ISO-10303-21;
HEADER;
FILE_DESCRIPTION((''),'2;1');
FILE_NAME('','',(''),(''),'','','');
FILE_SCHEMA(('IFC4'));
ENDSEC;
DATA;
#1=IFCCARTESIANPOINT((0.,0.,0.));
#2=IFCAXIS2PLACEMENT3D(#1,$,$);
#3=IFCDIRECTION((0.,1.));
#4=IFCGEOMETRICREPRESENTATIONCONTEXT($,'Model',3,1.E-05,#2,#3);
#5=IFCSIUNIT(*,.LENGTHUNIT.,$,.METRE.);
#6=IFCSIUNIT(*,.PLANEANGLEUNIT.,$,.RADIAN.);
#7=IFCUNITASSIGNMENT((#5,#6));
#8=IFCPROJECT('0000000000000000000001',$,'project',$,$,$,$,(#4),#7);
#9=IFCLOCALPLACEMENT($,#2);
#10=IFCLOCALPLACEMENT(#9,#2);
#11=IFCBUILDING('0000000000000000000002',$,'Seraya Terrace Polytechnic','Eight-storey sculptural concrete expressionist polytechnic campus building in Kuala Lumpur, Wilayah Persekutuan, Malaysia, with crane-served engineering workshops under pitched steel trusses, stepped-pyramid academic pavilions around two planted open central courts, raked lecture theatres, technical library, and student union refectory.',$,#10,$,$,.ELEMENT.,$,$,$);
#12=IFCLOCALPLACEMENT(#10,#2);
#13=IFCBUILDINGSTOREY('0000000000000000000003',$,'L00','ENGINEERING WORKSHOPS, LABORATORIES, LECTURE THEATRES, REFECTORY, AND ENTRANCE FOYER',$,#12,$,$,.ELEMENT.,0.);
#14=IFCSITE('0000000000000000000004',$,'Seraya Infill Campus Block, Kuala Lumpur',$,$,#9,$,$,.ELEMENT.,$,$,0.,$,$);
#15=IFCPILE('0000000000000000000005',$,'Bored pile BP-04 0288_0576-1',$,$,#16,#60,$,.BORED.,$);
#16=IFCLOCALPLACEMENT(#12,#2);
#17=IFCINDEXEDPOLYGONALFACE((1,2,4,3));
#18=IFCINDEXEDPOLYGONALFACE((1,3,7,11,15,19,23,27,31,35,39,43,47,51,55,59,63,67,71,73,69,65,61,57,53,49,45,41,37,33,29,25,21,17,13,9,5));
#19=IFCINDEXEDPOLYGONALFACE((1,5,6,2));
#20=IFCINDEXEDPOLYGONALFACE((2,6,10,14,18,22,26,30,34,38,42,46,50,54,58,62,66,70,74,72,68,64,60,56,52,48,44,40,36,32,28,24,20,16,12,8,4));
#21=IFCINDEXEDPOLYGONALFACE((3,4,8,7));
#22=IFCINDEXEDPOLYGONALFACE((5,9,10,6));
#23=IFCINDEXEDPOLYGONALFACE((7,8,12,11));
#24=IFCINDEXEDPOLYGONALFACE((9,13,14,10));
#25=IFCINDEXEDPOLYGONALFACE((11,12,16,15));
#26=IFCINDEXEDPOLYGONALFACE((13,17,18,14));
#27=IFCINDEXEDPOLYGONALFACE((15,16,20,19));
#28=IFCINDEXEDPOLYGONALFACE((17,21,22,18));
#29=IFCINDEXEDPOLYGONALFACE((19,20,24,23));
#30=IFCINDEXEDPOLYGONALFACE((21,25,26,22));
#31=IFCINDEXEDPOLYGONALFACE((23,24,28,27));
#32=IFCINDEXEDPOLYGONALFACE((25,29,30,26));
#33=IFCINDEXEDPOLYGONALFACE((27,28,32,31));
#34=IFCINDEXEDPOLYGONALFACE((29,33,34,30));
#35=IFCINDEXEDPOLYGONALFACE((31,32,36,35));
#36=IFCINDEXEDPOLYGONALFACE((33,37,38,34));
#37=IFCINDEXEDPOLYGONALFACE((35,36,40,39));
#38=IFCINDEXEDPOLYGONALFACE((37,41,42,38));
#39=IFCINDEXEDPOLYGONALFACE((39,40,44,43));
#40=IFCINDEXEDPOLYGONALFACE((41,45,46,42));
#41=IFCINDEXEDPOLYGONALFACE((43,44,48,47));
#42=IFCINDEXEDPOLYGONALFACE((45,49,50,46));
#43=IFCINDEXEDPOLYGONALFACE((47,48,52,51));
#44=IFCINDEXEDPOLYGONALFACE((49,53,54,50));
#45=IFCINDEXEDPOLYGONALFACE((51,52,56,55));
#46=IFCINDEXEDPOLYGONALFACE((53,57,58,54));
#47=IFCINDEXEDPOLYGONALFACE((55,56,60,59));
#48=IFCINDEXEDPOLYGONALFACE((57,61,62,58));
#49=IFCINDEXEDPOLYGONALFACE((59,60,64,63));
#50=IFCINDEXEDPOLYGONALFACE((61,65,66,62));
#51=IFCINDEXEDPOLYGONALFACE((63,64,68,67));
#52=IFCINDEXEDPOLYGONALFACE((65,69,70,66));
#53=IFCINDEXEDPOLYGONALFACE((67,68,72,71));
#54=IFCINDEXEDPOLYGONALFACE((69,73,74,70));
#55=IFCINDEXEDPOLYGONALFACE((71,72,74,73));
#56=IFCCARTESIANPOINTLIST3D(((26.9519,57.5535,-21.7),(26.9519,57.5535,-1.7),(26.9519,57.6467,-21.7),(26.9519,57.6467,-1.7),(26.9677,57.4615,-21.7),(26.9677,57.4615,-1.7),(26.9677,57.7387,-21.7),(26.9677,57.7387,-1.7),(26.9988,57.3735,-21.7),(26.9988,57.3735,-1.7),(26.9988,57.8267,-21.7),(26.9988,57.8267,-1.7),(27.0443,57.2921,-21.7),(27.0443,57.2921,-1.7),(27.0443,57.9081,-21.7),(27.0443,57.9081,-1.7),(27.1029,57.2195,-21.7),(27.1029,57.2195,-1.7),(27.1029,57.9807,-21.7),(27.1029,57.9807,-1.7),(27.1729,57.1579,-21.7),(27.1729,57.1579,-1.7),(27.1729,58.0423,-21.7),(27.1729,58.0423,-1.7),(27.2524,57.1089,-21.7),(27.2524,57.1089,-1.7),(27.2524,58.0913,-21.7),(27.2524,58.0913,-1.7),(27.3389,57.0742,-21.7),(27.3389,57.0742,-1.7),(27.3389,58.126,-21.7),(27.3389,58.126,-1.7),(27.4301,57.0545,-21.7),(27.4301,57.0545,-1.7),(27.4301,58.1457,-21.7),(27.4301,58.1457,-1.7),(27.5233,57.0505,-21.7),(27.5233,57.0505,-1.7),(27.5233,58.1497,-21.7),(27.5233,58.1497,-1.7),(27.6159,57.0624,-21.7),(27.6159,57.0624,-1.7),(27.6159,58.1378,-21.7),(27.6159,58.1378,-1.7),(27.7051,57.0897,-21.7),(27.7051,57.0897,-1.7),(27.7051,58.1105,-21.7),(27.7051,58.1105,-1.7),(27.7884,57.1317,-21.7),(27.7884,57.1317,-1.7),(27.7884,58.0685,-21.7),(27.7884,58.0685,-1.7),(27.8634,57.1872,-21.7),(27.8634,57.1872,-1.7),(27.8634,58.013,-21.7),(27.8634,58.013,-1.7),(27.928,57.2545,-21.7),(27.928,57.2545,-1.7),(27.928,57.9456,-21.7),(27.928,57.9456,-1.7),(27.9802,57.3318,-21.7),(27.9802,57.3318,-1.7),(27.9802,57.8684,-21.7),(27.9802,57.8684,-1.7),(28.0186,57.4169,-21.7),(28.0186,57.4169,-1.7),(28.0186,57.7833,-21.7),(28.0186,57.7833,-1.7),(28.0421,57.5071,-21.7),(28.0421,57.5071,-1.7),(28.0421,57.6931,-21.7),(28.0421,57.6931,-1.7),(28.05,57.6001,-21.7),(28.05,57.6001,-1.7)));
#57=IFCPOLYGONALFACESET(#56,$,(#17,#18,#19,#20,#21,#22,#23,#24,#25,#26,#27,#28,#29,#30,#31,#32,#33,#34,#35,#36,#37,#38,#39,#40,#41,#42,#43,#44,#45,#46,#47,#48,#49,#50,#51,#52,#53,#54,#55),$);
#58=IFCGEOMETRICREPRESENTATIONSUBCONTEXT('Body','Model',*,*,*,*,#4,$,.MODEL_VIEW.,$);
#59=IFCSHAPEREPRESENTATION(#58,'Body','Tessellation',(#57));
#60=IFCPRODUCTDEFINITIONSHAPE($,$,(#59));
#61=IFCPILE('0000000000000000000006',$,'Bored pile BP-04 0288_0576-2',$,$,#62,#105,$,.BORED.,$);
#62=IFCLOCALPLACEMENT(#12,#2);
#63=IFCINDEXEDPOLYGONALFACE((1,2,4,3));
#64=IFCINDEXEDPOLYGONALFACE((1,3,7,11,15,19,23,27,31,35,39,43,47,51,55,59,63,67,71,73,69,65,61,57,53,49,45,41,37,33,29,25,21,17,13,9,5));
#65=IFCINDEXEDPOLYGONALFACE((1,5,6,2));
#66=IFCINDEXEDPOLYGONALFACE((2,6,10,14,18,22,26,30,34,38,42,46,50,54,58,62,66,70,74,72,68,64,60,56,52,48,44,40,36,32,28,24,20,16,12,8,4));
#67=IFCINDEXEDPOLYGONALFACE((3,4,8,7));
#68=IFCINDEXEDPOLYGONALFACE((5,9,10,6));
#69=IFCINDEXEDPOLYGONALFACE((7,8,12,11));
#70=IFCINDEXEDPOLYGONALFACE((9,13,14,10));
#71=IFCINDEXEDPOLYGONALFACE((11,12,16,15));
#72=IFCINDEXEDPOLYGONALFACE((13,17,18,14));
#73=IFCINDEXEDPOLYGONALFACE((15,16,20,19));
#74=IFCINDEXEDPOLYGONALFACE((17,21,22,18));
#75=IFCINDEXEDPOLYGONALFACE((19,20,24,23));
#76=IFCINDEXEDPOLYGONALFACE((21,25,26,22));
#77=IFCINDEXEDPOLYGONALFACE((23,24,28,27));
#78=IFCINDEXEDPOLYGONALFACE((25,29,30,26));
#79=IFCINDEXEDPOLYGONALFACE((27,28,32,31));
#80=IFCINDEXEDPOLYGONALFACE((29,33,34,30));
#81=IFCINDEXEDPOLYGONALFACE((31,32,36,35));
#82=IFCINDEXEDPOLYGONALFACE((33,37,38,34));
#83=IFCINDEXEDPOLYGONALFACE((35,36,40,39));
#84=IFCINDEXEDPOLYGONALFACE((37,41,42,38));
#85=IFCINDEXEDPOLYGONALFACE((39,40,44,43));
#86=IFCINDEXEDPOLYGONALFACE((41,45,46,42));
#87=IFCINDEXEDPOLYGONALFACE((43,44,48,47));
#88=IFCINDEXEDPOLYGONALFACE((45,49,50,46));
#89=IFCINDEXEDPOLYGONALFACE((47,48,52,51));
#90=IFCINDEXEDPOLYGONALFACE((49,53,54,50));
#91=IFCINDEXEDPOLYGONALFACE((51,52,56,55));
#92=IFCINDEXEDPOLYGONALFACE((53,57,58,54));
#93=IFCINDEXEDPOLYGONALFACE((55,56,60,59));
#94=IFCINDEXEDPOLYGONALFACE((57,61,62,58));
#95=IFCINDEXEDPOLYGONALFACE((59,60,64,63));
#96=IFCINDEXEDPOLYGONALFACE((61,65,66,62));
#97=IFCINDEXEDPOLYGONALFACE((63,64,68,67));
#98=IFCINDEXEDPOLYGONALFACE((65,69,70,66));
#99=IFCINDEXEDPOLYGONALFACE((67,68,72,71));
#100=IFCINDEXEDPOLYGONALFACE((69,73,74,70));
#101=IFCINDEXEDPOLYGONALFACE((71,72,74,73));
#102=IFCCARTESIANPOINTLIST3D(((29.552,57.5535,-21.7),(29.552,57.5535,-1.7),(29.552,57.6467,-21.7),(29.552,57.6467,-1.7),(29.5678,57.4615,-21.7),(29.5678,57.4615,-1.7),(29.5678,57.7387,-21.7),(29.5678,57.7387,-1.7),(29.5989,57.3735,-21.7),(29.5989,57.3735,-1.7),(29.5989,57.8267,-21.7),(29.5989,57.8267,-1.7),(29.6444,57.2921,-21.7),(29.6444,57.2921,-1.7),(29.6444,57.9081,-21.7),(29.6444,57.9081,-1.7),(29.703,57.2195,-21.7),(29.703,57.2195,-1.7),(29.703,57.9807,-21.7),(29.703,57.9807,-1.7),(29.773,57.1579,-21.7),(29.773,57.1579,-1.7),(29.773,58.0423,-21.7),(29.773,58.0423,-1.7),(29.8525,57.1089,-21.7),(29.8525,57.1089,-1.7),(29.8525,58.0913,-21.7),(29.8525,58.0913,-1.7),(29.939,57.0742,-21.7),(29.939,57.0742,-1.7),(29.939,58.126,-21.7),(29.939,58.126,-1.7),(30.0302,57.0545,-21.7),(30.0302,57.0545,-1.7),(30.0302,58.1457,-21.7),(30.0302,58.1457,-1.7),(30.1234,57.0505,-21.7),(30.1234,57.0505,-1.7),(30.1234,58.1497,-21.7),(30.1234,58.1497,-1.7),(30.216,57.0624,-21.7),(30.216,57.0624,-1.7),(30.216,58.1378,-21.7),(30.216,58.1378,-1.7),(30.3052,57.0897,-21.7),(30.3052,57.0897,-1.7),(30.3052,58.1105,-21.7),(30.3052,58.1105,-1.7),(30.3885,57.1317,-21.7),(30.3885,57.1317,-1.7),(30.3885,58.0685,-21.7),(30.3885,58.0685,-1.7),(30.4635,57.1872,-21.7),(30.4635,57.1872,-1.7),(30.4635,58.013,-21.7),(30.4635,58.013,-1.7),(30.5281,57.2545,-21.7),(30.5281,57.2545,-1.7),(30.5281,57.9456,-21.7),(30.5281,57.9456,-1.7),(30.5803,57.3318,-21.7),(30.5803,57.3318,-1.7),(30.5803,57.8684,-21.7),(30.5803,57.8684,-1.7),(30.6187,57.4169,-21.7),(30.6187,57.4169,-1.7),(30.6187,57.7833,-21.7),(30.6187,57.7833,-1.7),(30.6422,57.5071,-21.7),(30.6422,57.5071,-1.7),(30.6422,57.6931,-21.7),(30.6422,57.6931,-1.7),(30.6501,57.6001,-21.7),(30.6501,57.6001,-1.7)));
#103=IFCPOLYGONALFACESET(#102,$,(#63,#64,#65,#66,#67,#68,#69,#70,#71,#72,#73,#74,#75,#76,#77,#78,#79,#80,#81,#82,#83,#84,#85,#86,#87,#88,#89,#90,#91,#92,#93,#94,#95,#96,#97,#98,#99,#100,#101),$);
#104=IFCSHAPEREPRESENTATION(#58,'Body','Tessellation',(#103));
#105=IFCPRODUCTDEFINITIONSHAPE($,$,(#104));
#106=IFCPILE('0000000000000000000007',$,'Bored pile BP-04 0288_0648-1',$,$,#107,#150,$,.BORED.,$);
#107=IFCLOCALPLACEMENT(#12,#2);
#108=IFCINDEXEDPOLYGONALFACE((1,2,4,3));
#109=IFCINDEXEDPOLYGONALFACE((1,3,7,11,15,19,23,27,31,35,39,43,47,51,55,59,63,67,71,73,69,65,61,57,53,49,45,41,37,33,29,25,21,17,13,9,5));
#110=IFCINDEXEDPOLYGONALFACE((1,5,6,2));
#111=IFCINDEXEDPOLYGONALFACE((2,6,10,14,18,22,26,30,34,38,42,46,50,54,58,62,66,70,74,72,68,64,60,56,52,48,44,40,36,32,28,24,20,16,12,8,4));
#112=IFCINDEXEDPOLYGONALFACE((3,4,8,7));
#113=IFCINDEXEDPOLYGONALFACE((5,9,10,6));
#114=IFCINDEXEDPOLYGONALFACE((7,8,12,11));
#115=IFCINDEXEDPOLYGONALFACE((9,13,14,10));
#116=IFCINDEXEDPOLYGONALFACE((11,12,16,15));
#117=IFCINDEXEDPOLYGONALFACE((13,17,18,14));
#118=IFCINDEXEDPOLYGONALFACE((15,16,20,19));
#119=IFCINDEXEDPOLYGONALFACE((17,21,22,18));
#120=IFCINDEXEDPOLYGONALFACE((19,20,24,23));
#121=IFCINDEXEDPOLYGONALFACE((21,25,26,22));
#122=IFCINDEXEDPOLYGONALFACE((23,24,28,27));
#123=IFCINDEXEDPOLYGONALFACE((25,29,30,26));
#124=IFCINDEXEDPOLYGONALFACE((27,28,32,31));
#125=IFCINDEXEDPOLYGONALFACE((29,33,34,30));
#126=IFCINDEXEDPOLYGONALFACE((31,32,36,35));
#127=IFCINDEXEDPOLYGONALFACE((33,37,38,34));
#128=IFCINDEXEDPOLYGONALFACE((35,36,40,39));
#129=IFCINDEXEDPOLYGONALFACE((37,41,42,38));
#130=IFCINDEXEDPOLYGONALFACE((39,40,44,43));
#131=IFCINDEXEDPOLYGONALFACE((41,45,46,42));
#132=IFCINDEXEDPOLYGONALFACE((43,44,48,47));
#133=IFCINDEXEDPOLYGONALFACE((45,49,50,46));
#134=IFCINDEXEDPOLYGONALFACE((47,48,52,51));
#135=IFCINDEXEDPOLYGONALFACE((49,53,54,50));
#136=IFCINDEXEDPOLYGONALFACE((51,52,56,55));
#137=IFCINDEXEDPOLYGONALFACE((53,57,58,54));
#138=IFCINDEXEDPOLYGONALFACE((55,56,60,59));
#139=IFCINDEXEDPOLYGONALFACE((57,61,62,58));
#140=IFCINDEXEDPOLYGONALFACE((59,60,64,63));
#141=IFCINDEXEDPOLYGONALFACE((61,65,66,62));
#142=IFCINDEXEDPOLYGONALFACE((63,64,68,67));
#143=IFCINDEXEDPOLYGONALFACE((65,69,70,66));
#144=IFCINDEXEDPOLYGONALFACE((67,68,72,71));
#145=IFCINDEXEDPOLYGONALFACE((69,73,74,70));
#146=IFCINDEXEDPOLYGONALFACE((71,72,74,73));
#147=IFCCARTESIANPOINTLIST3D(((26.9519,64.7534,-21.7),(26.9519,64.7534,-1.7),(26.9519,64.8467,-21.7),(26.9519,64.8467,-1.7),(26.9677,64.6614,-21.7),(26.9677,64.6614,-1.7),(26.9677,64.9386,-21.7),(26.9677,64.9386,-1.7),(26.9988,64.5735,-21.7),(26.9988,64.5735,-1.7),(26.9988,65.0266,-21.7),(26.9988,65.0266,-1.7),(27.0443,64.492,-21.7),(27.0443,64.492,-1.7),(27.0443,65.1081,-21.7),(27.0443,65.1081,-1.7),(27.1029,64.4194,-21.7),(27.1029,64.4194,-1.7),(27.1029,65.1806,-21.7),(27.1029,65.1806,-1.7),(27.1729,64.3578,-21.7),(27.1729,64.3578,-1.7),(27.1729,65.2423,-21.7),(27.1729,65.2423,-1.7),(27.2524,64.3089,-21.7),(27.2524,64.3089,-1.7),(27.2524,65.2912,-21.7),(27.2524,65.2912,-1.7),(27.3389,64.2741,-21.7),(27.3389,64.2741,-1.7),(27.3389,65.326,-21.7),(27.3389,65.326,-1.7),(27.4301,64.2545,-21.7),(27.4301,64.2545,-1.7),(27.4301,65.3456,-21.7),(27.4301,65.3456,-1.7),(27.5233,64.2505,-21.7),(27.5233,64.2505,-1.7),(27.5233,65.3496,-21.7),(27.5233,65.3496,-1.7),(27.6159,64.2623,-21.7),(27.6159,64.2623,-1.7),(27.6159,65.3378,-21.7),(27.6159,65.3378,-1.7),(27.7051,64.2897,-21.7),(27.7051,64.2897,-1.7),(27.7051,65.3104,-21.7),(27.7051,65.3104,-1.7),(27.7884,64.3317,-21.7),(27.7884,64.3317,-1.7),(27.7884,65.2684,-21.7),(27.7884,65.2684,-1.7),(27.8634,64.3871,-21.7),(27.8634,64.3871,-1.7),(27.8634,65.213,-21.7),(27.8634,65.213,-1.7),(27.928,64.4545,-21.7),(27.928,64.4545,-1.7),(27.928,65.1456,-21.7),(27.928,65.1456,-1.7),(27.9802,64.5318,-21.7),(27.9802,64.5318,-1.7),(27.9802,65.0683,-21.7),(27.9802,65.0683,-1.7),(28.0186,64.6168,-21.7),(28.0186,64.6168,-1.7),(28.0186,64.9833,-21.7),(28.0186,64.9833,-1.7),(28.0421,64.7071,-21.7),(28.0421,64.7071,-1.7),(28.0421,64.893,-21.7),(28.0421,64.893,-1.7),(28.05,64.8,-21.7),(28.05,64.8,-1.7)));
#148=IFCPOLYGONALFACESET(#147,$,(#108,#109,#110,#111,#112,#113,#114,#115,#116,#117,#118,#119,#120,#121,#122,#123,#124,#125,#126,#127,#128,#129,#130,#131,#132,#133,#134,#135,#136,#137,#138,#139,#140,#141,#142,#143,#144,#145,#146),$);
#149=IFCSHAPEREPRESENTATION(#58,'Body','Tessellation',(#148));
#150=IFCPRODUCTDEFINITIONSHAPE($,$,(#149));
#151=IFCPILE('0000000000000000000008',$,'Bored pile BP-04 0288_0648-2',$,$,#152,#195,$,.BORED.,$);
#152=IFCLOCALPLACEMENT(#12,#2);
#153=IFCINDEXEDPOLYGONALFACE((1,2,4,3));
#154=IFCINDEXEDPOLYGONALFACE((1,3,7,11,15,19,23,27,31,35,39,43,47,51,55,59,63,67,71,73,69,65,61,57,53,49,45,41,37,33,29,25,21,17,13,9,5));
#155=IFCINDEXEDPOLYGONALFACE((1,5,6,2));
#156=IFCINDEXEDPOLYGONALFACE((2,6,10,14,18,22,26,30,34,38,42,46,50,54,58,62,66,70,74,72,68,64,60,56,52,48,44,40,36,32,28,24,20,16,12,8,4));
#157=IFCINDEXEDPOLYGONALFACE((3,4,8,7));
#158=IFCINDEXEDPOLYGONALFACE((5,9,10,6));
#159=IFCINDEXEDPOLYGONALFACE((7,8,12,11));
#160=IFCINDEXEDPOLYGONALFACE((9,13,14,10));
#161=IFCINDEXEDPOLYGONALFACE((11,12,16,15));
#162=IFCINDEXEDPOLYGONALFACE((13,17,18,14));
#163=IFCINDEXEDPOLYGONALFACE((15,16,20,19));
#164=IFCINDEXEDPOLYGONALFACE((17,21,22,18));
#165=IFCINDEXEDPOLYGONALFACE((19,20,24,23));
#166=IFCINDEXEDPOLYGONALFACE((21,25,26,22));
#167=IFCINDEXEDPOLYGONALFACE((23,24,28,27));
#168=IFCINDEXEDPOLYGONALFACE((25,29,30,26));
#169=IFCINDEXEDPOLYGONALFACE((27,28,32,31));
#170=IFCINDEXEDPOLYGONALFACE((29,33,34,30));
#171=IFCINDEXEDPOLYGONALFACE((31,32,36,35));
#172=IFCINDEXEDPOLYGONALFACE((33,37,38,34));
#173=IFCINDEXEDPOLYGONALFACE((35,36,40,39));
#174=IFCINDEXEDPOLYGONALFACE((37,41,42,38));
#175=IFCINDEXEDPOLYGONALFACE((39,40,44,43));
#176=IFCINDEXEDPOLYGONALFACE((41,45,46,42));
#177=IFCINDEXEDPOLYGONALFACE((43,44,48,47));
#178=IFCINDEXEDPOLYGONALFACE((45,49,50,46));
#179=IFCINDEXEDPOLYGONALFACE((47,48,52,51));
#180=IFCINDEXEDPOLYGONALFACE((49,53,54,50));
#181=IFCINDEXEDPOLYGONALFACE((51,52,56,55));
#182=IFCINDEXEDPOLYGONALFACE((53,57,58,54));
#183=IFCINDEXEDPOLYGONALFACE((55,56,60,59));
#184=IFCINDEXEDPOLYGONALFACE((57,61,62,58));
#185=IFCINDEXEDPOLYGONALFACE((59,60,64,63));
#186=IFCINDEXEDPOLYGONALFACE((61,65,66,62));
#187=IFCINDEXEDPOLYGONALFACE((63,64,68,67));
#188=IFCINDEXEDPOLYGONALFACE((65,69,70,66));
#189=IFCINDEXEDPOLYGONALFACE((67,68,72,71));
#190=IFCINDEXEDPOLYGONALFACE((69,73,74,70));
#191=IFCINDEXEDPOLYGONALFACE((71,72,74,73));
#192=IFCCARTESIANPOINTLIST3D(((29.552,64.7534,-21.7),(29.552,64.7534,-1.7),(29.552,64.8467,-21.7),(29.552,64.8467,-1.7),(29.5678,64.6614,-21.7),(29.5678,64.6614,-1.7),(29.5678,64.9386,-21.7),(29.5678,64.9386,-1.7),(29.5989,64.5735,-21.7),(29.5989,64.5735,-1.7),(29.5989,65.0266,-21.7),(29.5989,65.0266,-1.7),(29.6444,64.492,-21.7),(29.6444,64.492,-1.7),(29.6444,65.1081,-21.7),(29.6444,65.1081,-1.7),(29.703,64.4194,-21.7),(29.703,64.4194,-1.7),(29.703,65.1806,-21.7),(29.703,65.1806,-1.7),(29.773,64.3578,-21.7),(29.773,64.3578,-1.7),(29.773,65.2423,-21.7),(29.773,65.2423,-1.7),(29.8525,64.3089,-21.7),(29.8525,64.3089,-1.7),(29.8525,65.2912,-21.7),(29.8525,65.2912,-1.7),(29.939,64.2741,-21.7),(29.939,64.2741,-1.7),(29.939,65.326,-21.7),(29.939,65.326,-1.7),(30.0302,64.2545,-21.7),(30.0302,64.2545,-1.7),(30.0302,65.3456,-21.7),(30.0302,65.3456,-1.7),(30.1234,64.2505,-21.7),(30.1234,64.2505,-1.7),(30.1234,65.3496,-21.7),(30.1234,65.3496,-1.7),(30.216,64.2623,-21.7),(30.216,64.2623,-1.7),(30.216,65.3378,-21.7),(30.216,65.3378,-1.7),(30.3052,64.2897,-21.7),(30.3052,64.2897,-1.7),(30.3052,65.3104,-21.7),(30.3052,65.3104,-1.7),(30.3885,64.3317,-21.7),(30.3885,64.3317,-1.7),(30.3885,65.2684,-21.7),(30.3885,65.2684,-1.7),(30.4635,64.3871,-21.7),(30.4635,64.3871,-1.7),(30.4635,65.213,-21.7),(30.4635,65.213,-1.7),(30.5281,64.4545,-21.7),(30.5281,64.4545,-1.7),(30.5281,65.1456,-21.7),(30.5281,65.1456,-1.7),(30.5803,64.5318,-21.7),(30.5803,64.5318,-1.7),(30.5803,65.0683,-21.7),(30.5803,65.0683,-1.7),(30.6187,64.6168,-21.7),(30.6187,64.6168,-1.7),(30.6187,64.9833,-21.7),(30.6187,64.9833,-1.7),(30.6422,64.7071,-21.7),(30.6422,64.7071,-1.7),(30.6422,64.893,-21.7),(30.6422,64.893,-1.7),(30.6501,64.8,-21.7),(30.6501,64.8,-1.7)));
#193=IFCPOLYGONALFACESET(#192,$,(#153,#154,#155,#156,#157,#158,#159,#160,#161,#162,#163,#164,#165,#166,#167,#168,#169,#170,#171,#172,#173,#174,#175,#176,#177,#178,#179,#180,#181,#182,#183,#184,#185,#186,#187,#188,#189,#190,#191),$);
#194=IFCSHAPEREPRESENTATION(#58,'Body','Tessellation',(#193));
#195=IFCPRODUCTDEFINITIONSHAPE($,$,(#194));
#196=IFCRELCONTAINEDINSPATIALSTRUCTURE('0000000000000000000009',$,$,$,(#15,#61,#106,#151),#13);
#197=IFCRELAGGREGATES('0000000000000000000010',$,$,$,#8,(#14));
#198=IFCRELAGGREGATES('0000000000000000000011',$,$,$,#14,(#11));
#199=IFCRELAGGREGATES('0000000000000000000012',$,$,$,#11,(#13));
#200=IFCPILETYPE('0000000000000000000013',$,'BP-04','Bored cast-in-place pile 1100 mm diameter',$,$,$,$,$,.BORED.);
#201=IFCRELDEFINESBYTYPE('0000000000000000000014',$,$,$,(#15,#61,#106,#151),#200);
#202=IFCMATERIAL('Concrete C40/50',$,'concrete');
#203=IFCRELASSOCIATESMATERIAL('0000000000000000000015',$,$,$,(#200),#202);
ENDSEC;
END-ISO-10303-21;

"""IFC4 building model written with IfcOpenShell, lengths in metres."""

from ifc_helpers import new_model, si_unit, direction, frame, origin, origin_2d, place, context, subcontext, project, spatial, circle, extrude, material, material_profile, profile_set, type_object, element, save


model = new_model("IFC4")

# Units and contexts
model_context = context("Model", 3, precision=1e-05, world=origin(), true_north=direction((0.0, 1.0)))
body_context = subcontext(model_context, "Body", "Model", "MODEL_VIEW")
ifc_project = project(units=[si_unit("LENGTHUNIT", "METRE"), si_unit("PLANEANGLEUNIT", "RADIAN")], contexts=[model_context])

# Site, building, storey
site_placement = place(None, origin())
site = spatial("IfcSite", under=ifc_project, at=site_placement, Name="Seraya Infill Campus Block, Kuala Lumpur", CompositionType="ELEMENT", RefElevation=0.0)
building_placement = place(site_placement, origin())
building = spatial("IfcBuilding", under=site, at=building_placement, Name="Seraya Terrace Polytechnic", Description="Eight-storey sculptural concrete expressionist polytechnic campus building in Kuala Lumpur, Wilayah Persekutuan, Malaysia, with crane-served engineering workshops under pitched steel trusses, stepped-pyramid academic pavilions around two planted open central courts, raked lecture theatres, technical library, and student union refectory.", CompositionType="ELEMENT")
storey_placement = place(building_placement, origin())
storey = spatial("IfcBuildingStorey", under=building, at=storey_placement, Name="L00", Description="ENGINEERING WORKSHOPS, LABORATORIES, LECTURE THEATRES, REFECTORY, AND ENTRANCE FOYER", CompositionType="ELEMENT", Elevation=0.0)

# Piles
ifc_material_1 = material(Name="Concrete C40/50", Category="concrete")
ifc_material_profile_1 = material_profile(ifc_material_1, circle(Radius=0.55, at=origin_2d()), Name="DIA 1100")
ifc_profile_set_1 = profile_set([ifc_material_profile_1], Name="Concrete C40/50")
pile_type = type_object("IfcPileType", Name="BP-04", Description="Bored cast-in-place pile 1100 mm diameter", PredefinedType="BORED", material=ifc_profile_set_1)
for number, where, z_axis, x_axis, name in (
    (1, (27.5, 57.6001, -1.7), (0.0, 0.0, -1.0), (1.0, 0.0, 0.0), "Bored pile BP-04 0288_0576-1"),
    (2, (30.1001, 57.6001, -1.7), (0.0, 0.0, -1.0), (1.0, 0.0, 0.0), "Bored pile BP-04 0288_0576-2"),
    (3, (27.5, 64.8, -1.7), (0.0, 0.0, -1.0), (1.0, 0.0, 0.0), "Bored pile BP-04 0288_0648-1"),
    (4, (30.1001, 64.8, -1.7), (0.0, 0.0, -1.0), (1.0, 0.0, 0.0), "Bored pile BP-04 0288_0648-2"),
):
    element("IfcPile", number, at=place(storey_placement, frame(where, z_axis=z_axis, x_axis=x_axis)), inside=storey, type_object=pile_type, Name=name, PredefinedType="BORED", context=body_context, shape_type="SweptSolid", body=[
        extrude(circle(Radius=0.55, at=origin_2d()), origin(), (0.0, 0.0, 1.0), 20.0),
    ])

save(model, "model.ifc")
